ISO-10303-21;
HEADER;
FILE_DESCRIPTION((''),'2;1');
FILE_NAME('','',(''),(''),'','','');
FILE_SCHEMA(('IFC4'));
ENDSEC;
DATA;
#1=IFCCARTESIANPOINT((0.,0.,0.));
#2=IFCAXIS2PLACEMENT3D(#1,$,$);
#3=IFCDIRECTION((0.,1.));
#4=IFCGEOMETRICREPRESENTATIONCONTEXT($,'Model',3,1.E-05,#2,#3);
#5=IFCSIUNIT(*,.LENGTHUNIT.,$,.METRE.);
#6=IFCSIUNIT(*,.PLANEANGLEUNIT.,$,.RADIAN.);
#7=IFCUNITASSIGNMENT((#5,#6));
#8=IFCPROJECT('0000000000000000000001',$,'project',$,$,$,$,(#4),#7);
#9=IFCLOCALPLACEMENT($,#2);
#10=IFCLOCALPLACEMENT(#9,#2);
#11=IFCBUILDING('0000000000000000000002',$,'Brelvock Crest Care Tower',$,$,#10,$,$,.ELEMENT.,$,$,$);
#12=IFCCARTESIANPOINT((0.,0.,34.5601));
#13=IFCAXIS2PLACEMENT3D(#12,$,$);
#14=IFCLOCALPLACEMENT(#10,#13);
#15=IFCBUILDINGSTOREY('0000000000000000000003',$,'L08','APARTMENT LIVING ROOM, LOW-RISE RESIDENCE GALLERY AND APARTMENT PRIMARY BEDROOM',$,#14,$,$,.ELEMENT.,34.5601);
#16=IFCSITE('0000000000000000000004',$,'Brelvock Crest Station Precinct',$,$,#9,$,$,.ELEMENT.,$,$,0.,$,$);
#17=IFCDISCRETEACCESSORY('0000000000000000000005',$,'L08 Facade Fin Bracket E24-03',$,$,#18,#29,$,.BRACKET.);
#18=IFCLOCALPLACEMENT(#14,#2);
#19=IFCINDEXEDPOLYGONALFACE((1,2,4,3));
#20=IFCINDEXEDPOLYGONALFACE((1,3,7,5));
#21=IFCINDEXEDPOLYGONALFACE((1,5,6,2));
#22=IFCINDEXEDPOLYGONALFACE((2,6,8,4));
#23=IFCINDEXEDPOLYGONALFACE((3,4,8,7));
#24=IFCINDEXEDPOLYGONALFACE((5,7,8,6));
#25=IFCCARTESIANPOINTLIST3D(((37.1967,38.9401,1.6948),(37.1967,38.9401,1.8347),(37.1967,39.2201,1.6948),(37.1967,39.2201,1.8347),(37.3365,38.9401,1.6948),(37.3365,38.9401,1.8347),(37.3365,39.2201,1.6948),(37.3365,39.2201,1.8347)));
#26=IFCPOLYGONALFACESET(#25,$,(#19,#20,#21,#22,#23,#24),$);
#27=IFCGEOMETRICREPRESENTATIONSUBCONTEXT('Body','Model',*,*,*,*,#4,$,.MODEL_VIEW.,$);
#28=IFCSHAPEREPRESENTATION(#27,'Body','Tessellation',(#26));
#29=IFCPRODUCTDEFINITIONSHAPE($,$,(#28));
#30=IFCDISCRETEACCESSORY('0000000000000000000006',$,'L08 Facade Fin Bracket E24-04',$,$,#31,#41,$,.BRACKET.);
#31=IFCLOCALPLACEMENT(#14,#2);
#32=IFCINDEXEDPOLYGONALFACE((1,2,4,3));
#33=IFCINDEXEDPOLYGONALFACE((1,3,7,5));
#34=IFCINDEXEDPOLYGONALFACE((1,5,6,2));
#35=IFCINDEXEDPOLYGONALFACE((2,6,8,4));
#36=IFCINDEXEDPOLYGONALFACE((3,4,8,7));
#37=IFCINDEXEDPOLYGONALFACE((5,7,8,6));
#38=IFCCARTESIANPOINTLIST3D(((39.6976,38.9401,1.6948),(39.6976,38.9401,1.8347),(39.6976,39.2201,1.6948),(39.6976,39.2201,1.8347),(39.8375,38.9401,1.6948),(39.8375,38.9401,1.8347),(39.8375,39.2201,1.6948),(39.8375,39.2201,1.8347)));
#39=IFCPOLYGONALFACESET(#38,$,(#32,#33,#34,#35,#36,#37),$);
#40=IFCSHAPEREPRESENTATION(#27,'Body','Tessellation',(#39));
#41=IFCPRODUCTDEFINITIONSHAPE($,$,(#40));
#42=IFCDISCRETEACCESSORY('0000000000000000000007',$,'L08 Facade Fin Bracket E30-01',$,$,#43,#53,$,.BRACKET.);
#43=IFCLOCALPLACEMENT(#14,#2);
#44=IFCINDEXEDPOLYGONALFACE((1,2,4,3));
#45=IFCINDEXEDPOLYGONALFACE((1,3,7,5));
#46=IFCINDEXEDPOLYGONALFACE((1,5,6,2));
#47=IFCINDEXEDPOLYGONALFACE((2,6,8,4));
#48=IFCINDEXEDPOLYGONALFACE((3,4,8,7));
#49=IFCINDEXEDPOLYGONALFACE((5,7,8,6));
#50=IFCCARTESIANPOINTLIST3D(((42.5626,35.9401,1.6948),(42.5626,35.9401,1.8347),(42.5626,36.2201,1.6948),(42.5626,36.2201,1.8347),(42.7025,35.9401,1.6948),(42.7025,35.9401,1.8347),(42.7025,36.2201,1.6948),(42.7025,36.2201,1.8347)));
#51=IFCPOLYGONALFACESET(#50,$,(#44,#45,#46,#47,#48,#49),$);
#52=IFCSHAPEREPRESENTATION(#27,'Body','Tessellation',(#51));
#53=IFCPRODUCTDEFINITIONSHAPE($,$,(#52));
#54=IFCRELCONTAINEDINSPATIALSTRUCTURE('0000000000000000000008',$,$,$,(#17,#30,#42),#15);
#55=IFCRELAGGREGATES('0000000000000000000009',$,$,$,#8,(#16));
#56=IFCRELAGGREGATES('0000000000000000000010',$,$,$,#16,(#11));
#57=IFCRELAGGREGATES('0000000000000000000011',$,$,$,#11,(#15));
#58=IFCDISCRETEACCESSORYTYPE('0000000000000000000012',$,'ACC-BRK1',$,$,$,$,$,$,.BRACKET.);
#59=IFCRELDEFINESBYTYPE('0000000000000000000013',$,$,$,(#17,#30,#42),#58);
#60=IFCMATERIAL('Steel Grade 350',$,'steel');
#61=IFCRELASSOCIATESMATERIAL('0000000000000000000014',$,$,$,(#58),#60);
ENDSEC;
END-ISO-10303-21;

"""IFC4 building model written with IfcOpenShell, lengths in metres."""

from ifc_helpers import new_model, si_unit, direction, frame, origin, origin_2d, place, context, subcontext, project, spatial, rectangle, extrude, source, transform, mapped, material, type_object, element, save


model = new_model("IFC4")

# Units and contexts
model_context = context("Model", 3, precision=1e-05, world=origin(), true_north=direction((0.0, 1.0)))
body_context = subcontext(model_context, "Body", "Model", "MODEL_VIEW")
ifc_project = project(units=[si_unit("LENGTHUNIT", "METRE"), si_unit("PLANEANGLEUNIT", "RADIAN")], contexts=[model_context])

# Site, building, storey
site_placement = place(None, origin())
site = spatial("IfcSite", under=ifc_project, at=site_placement, Name="Brelvock Crest Station Precinct", CompositionType="ELEMENT", RefElevation=0.0)
building_placement = place(site_placement, origin())
building = spatial("IfcBuilding", under=site, at=building_placement, Name="Brelvock Crest Care Tower", CompositionType="ELEMENT")
storey_placement = place(building_placement, frame((0.0, 0.0, 34.5601)))
storey = spatial("IfcBuildingStorey", under=building, at=storey_placement, Name="L08", Description="APARTMENT LIVING ROOM, LOW-RISE RESIDENCE GALLERY AND APARTMENT PRIMARY BEDROOM", CompositionType="ELEMENT", Elevation=34.5601)

# Shared definitions
ifc_material_1 = material(Name="Steel Grade 350", Category="steel")

# Discrete accessories
discrete_accessory_type = type_object("IfcDiscreteAccessoryType", Name="ACC-BRK1", PredefinedType="BRACKET", material=ifc_material_1)
shared_shape_1 = source(origin(), body_context, "Body", "SweptSolid", [
    extrude(rectangle(XDim=0.28, YDim=0.1399, at=origin_2d()), origin(), (0.0, 0.0, 1.0), 0.1399),
])
for number, where, z_axis, x_axis, name in (
    (1, (37.2666, 39.0801, 1.6948), (0.0, 0.0, 1.0), (0.0, 1.0, 0.0), "L08 Facade Fin Bracket E24-03"),
    (2, (39.7676, 39.0801, 1.6948), (0.0, 0.0, 1.0), (0.0, 1.0, 0.0), "L08 Facade Fin Bracket E24-04"),
    (3, (42.6326, 36.0801, 1.6948), (0.0, 0.0, 1.0), (0.0, 1.0, 0.0), "L08 Facade Fin Bracket E30-01"),
):
    element("IfcDiscreteAccessory", number, at=place(storey_placement, frame(where, z_axis=z_axis, x_axis=x_axis)), inside=storey, type_object=discrete_accessory_type, Name=name, PredefinedType="BRACKET", context=body_context, shape_type="MappedRepresentation", body=[
        mapped(shared_shape_1, transform((0.0, 0.0, 0.0), x_axis=(1.0, 0.0, 0.0), y_axis=(0.0, 1.0, 0.0), z_axis=(0.0, 0.0, 1.0), scale=1.0)),
    ])

save(model, "model.ifc")
